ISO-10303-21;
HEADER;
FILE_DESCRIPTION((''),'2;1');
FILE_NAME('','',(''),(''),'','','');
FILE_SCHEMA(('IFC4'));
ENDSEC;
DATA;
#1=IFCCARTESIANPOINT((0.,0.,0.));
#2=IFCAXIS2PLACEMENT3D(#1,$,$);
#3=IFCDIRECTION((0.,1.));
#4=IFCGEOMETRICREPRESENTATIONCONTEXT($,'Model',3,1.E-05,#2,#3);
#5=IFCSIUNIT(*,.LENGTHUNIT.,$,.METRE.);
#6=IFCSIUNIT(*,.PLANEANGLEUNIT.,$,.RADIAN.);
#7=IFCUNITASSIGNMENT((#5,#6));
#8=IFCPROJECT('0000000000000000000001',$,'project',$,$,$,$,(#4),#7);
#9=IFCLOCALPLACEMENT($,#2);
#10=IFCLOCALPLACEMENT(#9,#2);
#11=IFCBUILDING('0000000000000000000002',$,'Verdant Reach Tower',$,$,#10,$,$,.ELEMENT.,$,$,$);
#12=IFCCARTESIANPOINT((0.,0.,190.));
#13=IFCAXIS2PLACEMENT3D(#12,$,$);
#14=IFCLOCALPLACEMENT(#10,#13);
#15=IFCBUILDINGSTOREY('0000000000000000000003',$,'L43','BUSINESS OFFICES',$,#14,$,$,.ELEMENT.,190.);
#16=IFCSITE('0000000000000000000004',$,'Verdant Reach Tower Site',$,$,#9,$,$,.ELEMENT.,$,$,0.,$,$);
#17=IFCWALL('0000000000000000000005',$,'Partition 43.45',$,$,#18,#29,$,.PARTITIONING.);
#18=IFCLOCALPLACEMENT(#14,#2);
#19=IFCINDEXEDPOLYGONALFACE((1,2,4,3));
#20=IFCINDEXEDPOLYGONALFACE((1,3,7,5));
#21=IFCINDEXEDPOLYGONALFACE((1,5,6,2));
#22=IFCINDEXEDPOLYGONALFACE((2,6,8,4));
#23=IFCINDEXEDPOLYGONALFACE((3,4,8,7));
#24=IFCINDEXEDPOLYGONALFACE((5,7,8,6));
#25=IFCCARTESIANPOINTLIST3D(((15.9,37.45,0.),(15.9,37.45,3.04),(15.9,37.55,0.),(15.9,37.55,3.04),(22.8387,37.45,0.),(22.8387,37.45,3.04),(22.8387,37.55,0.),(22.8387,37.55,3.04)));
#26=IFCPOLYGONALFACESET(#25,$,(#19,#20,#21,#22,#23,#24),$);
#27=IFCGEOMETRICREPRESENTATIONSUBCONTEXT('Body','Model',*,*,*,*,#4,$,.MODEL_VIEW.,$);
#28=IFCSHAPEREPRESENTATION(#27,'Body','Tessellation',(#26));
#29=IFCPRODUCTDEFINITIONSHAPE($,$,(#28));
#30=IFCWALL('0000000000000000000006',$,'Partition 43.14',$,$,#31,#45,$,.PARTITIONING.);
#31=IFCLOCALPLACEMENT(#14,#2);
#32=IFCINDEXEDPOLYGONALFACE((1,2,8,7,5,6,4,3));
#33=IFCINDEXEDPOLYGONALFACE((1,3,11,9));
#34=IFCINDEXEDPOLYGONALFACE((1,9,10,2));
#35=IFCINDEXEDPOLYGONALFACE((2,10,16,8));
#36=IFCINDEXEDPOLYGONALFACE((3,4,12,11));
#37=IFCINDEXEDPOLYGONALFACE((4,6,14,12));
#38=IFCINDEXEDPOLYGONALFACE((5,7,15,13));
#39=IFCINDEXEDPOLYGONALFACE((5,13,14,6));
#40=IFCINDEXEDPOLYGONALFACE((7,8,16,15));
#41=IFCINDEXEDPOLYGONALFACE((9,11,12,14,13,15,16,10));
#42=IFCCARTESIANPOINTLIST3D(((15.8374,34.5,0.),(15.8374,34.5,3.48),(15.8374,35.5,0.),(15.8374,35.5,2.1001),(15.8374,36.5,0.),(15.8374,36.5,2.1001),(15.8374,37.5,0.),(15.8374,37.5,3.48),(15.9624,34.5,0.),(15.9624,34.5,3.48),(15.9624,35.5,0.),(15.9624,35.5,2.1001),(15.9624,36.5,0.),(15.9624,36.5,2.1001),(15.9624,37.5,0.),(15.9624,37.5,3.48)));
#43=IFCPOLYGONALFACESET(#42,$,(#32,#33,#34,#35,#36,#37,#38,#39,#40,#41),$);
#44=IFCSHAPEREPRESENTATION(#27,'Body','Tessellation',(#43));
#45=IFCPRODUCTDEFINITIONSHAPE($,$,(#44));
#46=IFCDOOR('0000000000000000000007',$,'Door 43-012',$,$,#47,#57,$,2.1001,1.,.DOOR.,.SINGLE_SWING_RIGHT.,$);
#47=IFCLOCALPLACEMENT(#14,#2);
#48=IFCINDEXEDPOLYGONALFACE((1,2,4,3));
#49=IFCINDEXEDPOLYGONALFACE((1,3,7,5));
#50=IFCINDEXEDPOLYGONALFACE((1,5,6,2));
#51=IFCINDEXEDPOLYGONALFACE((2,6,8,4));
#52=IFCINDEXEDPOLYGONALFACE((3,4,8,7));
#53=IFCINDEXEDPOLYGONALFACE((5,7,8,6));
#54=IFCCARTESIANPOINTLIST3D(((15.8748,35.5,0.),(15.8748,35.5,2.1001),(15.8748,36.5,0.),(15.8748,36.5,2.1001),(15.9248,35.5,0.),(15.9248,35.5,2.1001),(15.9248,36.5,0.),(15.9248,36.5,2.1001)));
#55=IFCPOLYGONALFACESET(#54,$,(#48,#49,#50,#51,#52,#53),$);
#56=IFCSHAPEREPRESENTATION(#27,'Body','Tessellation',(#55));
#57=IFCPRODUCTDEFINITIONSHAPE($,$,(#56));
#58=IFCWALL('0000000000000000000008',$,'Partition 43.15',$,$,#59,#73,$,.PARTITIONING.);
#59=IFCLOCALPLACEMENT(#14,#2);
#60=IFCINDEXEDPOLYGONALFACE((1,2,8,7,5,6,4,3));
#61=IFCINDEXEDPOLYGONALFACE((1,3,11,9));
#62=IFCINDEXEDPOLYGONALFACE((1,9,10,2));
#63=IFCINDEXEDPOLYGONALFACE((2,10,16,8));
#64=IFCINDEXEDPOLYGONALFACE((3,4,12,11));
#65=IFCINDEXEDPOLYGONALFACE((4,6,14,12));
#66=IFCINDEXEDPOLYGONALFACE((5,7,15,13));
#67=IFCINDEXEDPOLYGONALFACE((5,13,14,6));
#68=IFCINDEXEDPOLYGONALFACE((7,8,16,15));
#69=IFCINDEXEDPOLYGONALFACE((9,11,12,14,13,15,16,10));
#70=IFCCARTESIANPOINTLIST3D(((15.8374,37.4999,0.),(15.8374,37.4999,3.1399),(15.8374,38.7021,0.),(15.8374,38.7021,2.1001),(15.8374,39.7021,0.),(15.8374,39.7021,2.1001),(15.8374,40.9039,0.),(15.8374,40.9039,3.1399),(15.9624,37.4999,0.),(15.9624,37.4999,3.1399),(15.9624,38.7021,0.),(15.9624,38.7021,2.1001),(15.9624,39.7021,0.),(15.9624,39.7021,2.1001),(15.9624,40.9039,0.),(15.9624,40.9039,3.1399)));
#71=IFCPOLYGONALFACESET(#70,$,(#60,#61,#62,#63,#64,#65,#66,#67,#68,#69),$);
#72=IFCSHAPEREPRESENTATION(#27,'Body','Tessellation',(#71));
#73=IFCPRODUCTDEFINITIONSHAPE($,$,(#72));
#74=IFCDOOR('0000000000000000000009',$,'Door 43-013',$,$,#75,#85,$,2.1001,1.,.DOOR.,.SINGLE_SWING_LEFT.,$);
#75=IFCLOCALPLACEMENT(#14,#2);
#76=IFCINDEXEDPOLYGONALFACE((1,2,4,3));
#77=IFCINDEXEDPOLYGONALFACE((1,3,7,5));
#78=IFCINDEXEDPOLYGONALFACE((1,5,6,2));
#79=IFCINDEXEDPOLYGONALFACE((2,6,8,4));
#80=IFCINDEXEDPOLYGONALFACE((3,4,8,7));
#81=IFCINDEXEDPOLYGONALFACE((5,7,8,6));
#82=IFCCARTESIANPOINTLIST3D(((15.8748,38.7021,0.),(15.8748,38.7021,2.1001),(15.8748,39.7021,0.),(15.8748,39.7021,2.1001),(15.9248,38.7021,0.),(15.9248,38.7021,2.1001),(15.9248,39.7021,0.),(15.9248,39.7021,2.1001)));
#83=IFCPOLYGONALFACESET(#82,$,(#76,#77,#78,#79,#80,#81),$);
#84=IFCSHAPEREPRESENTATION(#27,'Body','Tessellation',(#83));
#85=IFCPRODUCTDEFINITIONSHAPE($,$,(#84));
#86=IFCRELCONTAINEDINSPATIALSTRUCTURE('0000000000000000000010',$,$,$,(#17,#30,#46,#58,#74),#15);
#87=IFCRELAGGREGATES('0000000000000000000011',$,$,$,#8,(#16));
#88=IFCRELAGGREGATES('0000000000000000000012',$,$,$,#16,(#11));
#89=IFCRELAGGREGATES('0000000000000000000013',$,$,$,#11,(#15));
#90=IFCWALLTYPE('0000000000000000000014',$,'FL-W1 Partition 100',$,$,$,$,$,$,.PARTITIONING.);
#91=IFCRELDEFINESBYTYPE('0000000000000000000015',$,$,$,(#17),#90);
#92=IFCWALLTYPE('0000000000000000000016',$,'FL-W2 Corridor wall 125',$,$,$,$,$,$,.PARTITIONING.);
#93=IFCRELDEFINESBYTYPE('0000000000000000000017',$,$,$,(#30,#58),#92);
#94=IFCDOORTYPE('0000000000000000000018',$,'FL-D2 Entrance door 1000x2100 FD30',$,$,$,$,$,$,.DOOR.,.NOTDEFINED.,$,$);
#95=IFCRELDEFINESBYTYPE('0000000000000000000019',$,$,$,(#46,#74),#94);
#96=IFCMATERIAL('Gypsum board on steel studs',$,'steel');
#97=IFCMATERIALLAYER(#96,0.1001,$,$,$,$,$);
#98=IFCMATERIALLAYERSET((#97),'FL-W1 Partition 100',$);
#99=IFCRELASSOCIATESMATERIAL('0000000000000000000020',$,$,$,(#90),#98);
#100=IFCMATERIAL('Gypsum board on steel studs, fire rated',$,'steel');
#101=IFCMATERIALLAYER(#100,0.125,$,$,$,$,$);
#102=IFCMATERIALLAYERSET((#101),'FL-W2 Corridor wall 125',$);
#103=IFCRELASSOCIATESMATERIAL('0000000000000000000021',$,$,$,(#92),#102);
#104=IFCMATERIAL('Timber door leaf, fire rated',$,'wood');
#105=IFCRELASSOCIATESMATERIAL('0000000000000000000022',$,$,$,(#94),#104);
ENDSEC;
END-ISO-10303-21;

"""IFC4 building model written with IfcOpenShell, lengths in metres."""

from ifc_helpers import new_model, si_unit, direction, frame, frame_2d, origin, place, context, subcontext, project, spatial, rectangle, extrude, material, layer, layer_set, type_object, element, fill, save


model = new_model("IFC4")

# Units and contexts
model_context = context("Model", 3, precision=1e-05, world=origin(), true_north=direction((0.0, 1.0)))
body_context = subcontext(model_context, "Body", "Model", "MODEL_VIEW")
ifc_project = project(units=[si_unit("LENGTHUNIT", "METRE"), si_unit("PLANEANGLEUNIT", "RADIAN")], contexts=[model_context])

# Site, building, storey
site_placement = place(None, origin())
site = spatial("IfcSite", under=ifc_project, at=site_placement, Name="Verdant Reach Tower Site", CompositionType="ELEMENT", RefElevation=0.0)
building_placement = place(site_placement, origin())
building = spatial("IfcBuilding", under=site, at=building_placement, Name="Verdant Reach Tower", CompositionType="ELEMENT")
storey_placement = place(building_placement, frame((0.0, 0.0, 190.0)))
storey = spatial("IfcBuildingStorey", under=building, at=storey_placement, Name="L43", Description="BUSINESS OFFICES", CompositionType="ELEMENT", Elevation=190.0)

# Wall
ifc_material_1 = material(Name="Gypsum board on steel studs", Category="steel")
ifc_layer_1 = layer(ifc_material_1, 0.1001)
ifc_layer_set_1 = layer_set([ifc_layer_1], Name="FL-W1 Partition 100")
wall_type_1 = type_object("IfcWallType", Name="FL-W1 Partition 100", PredefinedType="PARTITIONING", material=ifc_layer_set_1)
wall_1_placement = place(storey_placement, frame((22.8386, 37.5, 0.0), z_axis=(0.0, 0.0, 1.0), x_axis=(-1.0, 0.0, 0.0)))
element("IfcWall", 1, at=wall_1_placement, inside=storey, type_object=wall_type_1, Name="Partition 43.45", PredefinedType="PARTITIONING", context=body_context, shape_type="SweptSolid", body=[
    extrude(rectangle(XDim=6.9387, YDim=0.1001, at=frame_2d((3.4692, 0.0))), origin(), (0.0, 0.0, 1.0), 3.04),
])

# Walls, openings, doors
ifc_material_2 = material(Name="Gypsum board on steel studs, fire rated", Category="steel")
ifc_layer_2 = layer(ifc_material_2, 0.125)
ifc_layer_set_2 = layer_set([ifc_layer_2], Name="FL-W2 Corridor wall 125")
wall_type_2 = type_object("IfcWallType", Name="FL-W2 Corridor wall 125", PredefinedType="PARTITIONING", material=ifc_layer_set_2)
wall_2_placement = place(storey_placement, frame((15.8999, 37.5, 0.0), z_axis=(0.0, 0.0, 1.0), x_axis=(0.0, -1.0, 0.0)))
wall_2 = element("IfcWall", 2, at=wall_2_placement, inside=storey, type_object=wall_type_2, Name="Partition 43.14", PredefinedType="PARTITIONING", context=body_context, shape_type="SweptSolid", body=[
    extrude(rectangle(XDim=3.0, YDim=0.125, at=frame_2d((1.5, 0.0))), origin(), (0.0, 0.0, 1.0), 3.48),
])
opening_1_placement = place(wall_2_placement, frame((1.0, 0.0, 0.0)))
opening_1 = element("IfcOpeningElement", 3, at=opening_1_placement, cuts=wall_2, PredefinedType="OPENING", context=body_context, shape_type="SweptSolid", body=[
    extrude(rectangle(XDim=1.0, YDim=2.1001, at=frame_2d((0.5, 1.05))), frame((0.0, 0.0725, 0.0), z_axis=(0.0, -1.0, 0.0), x_axis=(1.0, 0.0, 0.0)), (0.0, 0.0, 1.0), 0.145),
])
ifc_material_3 = material(Name="Timber door leaf, fire rated", Category="wood")
door_type = type_object("IfcDoorType", Name="FL-D2 Entrance door 1000x2100 FD30", OperationType="NOTDEFINED", PredefinedType="DOOR", material=ifc_material_3)
door_1_placement = place(opening_1_placement, origin())
door_1 = element("IfcDoor", 4, at=door_1_placement, inside=storey, type_object=door_type, Name="Door 43-012", OperationType="SINGLE_SWING_RIGHT", OverallHeight=2.1001, OverallWidth=1.0, PredefinedType="DOOR", context=body_context, shape_type="SweptSolid", body=[
    extrude(rectangle(XDim=1.0, YDim=2.1001, at=frame_2d((0.5, 1.05))), frame((0.0, 0.0249, 0.0), z_axis=(0.0, -1.0, 0.0), x_axis=(1.0, 0.0, 0.0)), (0.0, 0.0, 1.0), 0.05),
])
fill(opening_1, door_1)
wall_3_placement = place(storey_placement, frame((15.8999, 40.9041, 0.0), z_axis=(0.0, 0.0, 1.0), x_axis=(0.0, -1.0, 0.0)))
wall_3 = element("IfcWall", 5, at=wall_3_placement, inside=storey, type_object=wall_type_2, Name="Partition 43.15", PredefinedType="PARTITIONING", context=body_context, shape_type="SweptSolid", body=[
    extrude(rectangle(XDim=3.4041, YDim=0.125, at=frame_2d((1.7021, 0.0))), origin(), (0.0, 0.0, 1.0), 3.1399),
])
opening_2_placement = place(wall_3_placement, frame((1.2019, 0.0, 0.0)))
opening_2 = element("IfcOpeningElement", 6, at=opening_2_placement, cuts=wall_3, PredefinedType="OPENING", context=body_context, shape_type="SweptSolid", body=[
    extrude(rectangle(XDim=1.0, YDim=2.1001, at=frame_2d((0.5, 1.05))), frame((0.0, 0.0725, 0.0), z_axis=(0.0, -1.0, 0.0), x_axis=(1.0, 0.0, 0.0)), (0.0, 0.0, 1.0), 0.145),
])
door_2_placement = place(opening_2_placement, origin())
door_2 = element("IfcDoor", 7, at=door_2_placement, inside=storey, type_object=door_type, Name="Door 43-013", OperationType="SINGLE_SWING_LEFT", OverallHeight=2.1001, OverallWidth=1.0, PredefinedType="DOOR", context=body_context, shape_type="SweptSolid", body=[
    extrude(rectangle(XDim=1.0, YDim=2.1001, at=frame_2d((0.5, 1.05))), frame((0.0, 0.0249, 0.0), z_axis=(0.0, -1.0, 0.0), x_axis=(1.0, 0.0, 0.0)), (0.0, 0.0, 1.0), 0.05),
])
fill(opening_2, door_2)

save(model, "model.ifc")
